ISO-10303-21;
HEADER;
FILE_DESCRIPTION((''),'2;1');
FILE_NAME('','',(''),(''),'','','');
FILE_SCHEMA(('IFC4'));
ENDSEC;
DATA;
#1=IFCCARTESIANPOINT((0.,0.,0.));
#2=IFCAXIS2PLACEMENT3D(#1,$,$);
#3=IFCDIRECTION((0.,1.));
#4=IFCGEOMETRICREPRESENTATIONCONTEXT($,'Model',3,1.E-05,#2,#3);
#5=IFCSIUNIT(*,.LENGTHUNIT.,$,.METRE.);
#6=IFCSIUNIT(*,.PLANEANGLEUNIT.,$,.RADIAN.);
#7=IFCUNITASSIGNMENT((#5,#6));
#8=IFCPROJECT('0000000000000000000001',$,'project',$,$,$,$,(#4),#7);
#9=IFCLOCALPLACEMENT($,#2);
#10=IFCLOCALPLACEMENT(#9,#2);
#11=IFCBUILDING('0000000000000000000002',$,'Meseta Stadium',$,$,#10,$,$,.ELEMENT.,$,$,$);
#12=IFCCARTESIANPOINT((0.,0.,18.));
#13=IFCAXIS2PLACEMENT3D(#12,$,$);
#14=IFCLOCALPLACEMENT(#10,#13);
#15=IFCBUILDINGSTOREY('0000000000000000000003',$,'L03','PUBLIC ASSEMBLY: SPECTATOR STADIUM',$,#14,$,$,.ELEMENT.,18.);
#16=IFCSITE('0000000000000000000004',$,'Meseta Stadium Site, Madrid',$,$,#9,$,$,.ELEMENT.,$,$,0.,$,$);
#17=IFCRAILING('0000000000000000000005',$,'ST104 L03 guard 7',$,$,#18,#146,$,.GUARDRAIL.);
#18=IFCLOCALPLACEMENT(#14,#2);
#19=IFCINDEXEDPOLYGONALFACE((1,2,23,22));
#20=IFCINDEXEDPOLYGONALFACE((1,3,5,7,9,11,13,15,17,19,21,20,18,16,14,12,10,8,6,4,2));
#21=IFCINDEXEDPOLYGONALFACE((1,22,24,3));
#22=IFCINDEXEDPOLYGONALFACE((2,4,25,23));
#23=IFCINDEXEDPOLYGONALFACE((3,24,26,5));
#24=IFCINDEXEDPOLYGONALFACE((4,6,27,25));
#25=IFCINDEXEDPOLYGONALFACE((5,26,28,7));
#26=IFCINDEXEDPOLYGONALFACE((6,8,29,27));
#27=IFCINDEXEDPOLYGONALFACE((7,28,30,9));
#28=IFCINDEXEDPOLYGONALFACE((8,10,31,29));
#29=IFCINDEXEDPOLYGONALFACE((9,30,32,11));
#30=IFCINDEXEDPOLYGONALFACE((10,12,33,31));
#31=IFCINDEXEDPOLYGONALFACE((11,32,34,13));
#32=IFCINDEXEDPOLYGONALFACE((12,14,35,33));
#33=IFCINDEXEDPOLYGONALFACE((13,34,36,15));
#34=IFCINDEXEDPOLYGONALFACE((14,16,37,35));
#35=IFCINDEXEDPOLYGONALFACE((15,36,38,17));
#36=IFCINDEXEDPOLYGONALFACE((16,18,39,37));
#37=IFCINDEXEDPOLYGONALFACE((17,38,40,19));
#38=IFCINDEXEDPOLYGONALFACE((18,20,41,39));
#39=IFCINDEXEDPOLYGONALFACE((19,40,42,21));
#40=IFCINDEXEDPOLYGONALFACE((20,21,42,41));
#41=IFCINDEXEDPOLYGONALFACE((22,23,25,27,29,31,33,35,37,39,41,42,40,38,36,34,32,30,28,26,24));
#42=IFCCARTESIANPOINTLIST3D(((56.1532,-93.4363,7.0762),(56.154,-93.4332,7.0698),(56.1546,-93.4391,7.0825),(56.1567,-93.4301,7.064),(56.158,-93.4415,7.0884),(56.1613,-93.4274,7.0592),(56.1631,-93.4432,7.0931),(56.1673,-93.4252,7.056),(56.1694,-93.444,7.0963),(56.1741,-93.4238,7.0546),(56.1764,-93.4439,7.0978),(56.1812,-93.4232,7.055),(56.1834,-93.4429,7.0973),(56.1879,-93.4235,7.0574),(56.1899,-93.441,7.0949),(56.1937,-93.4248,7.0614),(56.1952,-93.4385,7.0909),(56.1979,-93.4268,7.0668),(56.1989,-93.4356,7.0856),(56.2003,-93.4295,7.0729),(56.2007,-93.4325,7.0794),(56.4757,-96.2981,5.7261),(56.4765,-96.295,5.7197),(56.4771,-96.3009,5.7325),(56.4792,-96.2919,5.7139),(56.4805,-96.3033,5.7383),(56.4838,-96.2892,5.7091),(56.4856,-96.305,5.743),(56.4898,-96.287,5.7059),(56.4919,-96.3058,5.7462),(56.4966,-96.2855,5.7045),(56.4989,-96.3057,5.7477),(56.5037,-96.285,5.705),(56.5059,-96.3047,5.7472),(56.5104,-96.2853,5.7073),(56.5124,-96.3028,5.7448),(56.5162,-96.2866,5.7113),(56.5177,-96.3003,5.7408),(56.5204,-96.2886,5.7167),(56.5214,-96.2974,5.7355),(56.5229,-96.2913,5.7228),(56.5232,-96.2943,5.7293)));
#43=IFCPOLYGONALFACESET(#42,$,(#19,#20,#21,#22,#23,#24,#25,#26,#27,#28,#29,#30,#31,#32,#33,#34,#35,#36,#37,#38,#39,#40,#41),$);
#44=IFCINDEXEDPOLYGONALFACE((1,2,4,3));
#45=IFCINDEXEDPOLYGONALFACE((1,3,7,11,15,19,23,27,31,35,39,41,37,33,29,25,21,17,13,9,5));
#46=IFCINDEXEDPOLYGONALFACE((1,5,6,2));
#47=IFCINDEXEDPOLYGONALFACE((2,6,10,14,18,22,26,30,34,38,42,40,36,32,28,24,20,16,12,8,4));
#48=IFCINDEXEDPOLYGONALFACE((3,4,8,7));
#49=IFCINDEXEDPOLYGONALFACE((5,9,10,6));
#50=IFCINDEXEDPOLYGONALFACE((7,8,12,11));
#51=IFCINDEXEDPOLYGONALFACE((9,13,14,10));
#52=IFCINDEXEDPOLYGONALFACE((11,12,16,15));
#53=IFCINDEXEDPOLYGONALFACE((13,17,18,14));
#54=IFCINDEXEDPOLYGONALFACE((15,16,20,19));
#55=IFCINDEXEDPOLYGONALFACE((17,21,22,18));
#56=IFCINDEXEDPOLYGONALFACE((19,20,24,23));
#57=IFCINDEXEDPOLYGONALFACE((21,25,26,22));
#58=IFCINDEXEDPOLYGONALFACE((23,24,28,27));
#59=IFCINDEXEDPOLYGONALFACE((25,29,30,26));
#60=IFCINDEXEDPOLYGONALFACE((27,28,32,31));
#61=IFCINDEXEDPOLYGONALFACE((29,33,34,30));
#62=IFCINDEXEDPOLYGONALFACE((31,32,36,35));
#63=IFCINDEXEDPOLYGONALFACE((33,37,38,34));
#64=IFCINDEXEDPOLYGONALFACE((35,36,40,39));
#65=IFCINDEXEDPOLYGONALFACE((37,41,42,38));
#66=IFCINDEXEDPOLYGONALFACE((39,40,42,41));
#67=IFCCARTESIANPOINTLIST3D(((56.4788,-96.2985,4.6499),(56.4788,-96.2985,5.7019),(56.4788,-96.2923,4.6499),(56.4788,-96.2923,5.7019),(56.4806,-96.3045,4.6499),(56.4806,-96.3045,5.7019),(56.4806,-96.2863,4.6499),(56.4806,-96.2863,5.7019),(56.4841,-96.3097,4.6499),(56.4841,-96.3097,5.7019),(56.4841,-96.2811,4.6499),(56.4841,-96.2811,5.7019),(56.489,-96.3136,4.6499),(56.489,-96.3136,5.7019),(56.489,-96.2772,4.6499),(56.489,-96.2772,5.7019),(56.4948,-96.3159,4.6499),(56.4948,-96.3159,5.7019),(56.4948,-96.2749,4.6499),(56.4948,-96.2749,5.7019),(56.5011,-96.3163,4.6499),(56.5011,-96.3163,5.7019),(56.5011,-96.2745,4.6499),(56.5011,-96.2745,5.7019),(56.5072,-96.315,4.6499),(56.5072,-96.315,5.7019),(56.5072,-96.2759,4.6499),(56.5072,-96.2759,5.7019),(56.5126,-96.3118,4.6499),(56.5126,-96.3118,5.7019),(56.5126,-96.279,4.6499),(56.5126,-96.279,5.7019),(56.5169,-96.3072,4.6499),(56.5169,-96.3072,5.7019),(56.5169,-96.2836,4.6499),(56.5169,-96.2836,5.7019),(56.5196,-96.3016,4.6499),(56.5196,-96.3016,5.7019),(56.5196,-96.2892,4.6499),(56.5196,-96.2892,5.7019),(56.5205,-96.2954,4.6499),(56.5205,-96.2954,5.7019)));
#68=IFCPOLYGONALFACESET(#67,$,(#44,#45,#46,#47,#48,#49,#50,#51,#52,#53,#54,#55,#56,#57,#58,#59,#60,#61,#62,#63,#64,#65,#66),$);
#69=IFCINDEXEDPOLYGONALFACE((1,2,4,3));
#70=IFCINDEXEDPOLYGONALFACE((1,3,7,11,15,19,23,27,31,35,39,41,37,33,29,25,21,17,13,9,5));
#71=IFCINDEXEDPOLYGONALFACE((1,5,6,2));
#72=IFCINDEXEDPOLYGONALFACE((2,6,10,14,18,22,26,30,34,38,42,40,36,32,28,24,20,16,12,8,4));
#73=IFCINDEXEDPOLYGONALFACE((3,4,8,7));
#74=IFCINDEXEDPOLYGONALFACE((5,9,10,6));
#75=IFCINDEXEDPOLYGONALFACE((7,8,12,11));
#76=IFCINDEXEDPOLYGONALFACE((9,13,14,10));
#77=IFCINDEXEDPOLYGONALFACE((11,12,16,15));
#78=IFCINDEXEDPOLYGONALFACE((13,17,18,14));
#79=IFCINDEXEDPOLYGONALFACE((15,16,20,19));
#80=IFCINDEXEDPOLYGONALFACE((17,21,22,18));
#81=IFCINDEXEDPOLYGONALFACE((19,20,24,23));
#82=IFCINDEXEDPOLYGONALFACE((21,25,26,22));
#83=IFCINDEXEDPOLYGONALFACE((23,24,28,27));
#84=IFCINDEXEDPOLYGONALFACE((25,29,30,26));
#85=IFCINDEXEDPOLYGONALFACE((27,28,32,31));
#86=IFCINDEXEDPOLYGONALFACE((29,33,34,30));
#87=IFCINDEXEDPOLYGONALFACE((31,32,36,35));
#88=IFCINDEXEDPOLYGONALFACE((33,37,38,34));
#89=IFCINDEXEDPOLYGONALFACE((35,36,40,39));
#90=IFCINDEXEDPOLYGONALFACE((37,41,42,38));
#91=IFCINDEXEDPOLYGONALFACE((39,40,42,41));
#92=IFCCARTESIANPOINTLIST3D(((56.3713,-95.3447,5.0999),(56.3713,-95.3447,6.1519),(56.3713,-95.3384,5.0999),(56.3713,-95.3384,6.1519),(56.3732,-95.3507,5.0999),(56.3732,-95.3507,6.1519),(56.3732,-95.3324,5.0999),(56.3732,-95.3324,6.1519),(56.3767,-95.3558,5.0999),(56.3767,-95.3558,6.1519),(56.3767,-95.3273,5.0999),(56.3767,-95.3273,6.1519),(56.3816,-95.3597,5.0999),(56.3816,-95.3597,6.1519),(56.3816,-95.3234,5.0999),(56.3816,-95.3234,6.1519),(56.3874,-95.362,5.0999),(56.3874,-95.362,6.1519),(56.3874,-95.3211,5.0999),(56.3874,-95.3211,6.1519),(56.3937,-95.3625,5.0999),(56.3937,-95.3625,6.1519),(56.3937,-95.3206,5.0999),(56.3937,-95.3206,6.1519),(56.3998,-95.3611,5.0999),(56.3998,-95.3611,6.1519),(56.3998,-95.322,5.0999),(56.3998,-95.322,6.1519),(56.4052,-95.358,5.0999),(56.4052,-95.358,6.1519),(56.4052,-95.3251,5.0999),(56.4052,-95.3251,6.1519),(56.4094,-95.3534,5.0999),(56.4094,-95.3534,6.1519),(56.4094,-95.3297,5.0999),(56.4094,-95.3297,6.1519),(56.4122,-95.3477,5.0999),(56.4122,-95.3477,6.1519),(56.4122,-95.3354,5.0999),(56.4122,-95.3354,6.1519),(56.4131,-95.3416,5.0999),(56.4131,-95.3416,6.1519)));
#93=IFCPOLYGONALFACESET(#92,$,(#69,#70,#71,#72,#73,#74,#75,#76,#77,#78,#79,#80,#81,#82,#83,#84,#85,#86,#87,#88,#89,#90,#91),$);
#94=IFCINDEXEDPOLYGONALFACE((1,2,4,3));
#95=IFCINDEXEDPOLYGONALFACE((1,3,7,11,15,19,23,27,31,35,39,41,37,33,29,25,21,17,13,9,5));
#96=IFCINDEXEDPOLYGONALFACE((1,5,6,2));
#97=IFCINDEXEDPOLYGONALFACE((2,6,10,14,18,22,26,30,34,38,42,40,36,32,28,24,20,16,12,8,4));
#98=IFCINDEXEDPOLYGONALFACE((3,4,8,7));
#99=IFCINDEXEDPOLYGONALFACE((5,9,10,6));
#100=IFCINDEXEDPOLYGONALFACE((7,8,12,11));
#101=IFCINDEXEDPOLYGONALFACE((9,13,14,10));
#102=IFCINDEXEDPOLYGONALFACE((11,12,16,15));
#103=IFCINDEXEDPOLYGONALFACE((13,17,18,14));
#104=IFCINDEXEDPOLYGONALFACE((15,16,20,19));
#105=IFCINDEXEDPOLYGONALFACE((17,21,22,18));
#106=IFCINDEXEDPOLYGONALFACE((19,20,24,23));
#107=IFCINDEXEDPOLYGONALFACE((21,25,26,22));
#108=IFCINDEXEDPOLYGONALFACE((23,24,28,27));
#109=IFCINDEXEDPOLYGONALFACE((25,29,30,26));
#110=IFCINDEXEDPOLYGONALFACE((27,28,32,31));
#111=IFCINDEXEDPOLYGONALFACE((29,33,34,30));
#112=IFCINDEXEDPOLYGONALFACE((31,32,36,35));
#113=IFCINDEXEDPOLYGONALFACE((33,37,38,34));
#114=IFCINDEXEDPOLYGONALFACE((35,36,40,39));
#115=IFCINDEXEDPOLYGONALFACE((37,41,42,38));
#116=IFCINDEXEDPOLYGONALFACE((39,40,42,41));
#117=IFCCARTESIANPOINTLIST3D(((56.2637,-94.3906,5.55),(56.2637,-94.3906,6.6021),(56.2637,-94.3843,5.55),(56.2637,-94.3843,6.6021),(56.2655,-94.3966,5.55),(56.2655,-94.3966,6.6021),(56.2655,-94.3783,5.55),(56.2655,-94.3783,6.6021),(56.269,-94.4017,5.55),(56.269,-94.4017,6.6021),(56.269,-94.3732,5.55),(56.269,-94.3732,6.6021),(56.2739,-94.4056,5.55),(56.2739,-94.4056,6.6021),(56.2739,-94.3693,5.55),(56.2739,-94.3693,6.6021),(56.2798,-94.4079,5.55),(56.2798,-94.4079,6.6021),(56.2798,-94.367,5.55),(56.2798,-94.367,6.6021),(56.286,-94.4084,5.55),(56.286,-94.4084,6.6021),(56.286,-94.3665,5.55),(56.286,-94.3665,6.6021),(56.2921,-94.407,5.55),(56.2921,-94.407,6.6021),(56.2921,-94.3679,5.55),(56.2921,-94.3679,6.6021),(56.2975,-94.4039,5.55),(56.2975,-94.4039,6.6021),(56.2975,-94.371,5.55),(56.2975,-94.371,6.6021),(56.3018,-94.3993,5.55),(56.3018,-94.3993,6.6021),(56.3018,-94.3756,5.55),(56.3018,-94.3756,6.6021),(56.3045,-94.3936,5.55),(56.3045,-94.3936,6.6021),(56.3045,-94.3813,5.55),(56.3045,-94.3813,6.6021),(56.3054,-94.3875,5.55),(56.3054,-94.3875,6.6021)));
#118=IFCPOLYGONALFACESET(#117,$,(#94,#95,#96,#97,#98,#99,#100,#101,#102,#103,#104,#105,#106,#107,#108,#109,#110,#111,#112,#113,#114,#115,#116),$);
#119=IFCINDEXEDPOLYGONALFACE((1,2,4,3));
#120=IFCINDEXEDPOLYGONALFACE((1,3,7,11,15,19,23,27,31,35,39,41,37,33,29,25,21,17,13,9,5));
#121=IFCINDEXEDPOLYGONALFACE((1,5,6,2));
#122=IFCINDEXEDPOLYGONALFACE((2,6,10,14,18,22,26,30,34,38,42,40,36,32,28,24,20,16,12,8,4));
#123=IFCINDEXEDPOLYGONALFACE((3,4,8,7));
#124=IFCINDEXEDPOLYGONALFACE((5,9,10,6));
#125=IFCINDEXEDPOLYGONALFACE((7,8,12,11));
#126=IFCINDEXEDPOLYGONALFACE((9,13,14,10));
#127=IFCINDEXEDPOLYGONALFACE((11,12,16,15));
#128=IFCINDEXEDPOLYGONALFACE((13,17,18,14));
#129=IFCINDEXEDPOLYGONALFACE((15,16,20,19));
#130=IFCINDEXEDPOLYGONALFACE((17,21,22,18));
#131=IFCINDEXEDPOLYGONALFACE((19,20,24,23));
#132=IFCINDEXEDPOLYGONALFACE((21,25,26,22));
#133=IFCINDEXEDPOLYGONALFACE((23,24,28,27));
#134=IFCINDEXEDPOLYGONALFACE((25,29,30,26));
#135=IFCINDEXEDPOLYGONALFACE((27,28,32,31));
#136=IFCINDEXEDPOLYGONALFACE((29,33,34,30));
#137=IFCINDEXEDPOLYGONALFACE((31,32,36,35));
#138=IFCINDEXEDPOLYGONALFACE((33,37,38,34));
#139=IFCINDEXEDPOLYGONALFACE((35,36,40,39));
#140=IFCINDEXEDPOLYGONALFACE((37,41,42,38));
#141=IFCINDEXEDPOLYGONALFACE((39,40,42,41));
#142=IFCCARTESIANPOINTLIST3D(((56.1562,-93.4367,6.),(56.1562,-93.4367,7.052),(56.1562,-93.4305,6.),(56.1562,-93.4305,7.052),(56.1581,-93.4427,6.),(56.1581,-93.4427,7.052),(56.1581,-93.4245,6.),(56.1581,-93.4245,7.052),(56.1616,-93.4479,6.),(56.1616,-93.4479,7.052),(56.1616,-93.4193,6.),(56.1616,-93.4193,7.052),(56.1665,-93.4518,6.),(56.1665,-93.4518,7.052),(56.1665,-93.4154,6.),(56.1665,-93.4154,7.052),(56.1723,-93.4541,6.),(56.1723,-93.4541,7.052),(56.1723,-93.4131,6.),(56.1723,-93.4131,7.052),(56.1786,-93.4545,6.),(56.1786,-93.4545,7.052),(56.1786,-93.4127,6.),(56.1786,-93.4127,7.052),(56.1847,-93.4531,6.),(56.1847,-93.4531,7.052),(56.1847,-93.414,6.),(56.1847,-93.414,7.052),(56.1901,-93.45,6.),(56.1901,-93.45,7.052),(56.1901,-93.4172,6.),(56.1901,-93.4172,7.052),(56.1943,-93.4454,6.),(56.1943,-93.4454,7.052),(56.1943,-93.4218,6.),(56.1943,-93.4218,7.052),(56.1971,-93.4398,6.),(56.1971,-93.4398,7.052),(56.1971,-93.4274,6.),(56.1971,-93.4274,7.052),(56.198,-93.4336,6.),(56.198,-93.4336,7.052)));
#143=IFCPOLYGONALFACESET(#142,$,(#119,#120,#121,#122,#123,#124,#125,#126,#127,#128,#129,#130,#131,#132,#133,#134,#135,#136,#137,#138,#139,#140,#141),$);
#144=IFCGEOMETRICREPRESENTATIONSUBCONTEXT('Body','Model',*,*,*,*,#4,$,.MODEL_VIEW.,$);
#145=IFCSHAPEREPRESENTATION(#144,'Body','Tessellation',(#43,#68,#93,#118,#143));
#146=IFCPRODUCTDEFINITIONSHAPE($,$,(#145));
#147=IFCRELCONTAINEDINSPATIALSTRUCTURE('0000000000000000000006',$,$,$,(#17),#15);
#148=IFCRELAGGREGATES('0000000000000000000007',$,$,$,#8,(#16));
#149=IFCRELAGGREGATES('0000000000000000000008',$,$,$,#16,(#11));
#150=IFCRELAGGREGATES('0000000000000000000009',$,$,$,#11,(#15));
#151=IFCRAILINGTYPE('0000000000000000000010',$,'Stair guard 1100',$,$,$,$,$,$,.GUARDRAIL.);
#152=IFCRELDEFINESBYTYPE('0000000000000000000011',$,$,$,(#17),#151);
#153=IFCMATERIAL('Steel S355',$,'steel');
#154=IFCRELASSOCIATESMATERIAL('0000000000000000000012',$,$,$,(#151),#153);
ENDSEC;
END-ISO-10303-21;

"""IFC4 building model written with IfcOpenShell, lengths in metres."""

from ifc_helpers import new_model, si_unit, direction, frame, origin, origin_2d, place, context, subcontext, project, spatial, circle, extrude, material, type_object, element, save


model = new_model("IFC4")

# Units and contexts
model_context = context("Model", 3, precision=1e-05, world=origin(), true_north=direction((0.0, 1.0)))
body_context = subcontext(model_context, "Body", "Model", "MODEL_VIEW")
ifc_project = project(units=[si_unit("LENGTHUNIT", "METRE"), si_unit("PLANEANGLEUNIT", "RADIAN")], contexts=[model_context])

# Site, building, storey
site_placement = place(None, origin())
site = spatial("IfcSite", under=ifc_project, at=site_placement, Name="Meseta Stadium Site, Madrid", CompositionType="ELEMENT", RefElevation=0.0)
building_placement = place(site_placement, origin())
building = spatial("IfcBuilding", under=site, at=building_placement, Name="Meseta Stadium", CompositionType="ELEMENT")
storey_placement = place(building_placement, frame((0.0, 0.0, 18.0)))
storey = spatial("IfcBuildingStorey", under=building, at=storey_placement, Name="L03", Description="PUBLIC ASSEMBLY: SPECTATOR STADIUM", CompositionType="ELEMENT", Elevation=18.0)

# Railing
ifc_material_1 = material(Name="Steel S355", Category="steel")
railing_type_1 = type_object("IfcRailingType", Name="Stair guard 1100", PredefinedType="GUARDRAIL", material=ifc_material_1)
railing_1_placement = place(storey_placement, frame((56.4995, -96.2954, 4.6499)))
element("IfcRailing", 1, at=railing_1_placement, inside=storey, type_object=railing_type_1, Name="ST104 L03 guard 7", PredefinedType="GUARDRAIL", context=body_context, shape_type="SweptSolid", body=[
    extrude(circle(Radius=0.0239, at=origin_2d()), frame((0.0, 0.0, 1.0762), z_axis=(-0.101396, 0.899748, 0.424467), x_axis=(-0.99371, -0.111985, 0.0)), (0.0, 0.0, 1.0), 3.1807),
    extrude(circle(Radius=0.021, at=origin_2d()), origin(), (0.0, 0.0, 1.0), 1.052),
    extrude(circle(Radius=0.021, at=origin_2d()), frame((-0.1074, 0.9539, 0.45)), (0.0, 0.0, 1.0), 1.052),
    extrude(circle(Radius=0.021, at=origin_2d()), frame((-0.2151, 1.908, 0.9001)), (0.0, 0.0, 1.0), 1.052),
    extrude(circle(Radius=0.021, at=origin_2d()), frame((-0.3225, 2.8618, 1.3501)), (0.0, 0.0, 1.0), 1.052),
])

save(model, "model.ifc")
